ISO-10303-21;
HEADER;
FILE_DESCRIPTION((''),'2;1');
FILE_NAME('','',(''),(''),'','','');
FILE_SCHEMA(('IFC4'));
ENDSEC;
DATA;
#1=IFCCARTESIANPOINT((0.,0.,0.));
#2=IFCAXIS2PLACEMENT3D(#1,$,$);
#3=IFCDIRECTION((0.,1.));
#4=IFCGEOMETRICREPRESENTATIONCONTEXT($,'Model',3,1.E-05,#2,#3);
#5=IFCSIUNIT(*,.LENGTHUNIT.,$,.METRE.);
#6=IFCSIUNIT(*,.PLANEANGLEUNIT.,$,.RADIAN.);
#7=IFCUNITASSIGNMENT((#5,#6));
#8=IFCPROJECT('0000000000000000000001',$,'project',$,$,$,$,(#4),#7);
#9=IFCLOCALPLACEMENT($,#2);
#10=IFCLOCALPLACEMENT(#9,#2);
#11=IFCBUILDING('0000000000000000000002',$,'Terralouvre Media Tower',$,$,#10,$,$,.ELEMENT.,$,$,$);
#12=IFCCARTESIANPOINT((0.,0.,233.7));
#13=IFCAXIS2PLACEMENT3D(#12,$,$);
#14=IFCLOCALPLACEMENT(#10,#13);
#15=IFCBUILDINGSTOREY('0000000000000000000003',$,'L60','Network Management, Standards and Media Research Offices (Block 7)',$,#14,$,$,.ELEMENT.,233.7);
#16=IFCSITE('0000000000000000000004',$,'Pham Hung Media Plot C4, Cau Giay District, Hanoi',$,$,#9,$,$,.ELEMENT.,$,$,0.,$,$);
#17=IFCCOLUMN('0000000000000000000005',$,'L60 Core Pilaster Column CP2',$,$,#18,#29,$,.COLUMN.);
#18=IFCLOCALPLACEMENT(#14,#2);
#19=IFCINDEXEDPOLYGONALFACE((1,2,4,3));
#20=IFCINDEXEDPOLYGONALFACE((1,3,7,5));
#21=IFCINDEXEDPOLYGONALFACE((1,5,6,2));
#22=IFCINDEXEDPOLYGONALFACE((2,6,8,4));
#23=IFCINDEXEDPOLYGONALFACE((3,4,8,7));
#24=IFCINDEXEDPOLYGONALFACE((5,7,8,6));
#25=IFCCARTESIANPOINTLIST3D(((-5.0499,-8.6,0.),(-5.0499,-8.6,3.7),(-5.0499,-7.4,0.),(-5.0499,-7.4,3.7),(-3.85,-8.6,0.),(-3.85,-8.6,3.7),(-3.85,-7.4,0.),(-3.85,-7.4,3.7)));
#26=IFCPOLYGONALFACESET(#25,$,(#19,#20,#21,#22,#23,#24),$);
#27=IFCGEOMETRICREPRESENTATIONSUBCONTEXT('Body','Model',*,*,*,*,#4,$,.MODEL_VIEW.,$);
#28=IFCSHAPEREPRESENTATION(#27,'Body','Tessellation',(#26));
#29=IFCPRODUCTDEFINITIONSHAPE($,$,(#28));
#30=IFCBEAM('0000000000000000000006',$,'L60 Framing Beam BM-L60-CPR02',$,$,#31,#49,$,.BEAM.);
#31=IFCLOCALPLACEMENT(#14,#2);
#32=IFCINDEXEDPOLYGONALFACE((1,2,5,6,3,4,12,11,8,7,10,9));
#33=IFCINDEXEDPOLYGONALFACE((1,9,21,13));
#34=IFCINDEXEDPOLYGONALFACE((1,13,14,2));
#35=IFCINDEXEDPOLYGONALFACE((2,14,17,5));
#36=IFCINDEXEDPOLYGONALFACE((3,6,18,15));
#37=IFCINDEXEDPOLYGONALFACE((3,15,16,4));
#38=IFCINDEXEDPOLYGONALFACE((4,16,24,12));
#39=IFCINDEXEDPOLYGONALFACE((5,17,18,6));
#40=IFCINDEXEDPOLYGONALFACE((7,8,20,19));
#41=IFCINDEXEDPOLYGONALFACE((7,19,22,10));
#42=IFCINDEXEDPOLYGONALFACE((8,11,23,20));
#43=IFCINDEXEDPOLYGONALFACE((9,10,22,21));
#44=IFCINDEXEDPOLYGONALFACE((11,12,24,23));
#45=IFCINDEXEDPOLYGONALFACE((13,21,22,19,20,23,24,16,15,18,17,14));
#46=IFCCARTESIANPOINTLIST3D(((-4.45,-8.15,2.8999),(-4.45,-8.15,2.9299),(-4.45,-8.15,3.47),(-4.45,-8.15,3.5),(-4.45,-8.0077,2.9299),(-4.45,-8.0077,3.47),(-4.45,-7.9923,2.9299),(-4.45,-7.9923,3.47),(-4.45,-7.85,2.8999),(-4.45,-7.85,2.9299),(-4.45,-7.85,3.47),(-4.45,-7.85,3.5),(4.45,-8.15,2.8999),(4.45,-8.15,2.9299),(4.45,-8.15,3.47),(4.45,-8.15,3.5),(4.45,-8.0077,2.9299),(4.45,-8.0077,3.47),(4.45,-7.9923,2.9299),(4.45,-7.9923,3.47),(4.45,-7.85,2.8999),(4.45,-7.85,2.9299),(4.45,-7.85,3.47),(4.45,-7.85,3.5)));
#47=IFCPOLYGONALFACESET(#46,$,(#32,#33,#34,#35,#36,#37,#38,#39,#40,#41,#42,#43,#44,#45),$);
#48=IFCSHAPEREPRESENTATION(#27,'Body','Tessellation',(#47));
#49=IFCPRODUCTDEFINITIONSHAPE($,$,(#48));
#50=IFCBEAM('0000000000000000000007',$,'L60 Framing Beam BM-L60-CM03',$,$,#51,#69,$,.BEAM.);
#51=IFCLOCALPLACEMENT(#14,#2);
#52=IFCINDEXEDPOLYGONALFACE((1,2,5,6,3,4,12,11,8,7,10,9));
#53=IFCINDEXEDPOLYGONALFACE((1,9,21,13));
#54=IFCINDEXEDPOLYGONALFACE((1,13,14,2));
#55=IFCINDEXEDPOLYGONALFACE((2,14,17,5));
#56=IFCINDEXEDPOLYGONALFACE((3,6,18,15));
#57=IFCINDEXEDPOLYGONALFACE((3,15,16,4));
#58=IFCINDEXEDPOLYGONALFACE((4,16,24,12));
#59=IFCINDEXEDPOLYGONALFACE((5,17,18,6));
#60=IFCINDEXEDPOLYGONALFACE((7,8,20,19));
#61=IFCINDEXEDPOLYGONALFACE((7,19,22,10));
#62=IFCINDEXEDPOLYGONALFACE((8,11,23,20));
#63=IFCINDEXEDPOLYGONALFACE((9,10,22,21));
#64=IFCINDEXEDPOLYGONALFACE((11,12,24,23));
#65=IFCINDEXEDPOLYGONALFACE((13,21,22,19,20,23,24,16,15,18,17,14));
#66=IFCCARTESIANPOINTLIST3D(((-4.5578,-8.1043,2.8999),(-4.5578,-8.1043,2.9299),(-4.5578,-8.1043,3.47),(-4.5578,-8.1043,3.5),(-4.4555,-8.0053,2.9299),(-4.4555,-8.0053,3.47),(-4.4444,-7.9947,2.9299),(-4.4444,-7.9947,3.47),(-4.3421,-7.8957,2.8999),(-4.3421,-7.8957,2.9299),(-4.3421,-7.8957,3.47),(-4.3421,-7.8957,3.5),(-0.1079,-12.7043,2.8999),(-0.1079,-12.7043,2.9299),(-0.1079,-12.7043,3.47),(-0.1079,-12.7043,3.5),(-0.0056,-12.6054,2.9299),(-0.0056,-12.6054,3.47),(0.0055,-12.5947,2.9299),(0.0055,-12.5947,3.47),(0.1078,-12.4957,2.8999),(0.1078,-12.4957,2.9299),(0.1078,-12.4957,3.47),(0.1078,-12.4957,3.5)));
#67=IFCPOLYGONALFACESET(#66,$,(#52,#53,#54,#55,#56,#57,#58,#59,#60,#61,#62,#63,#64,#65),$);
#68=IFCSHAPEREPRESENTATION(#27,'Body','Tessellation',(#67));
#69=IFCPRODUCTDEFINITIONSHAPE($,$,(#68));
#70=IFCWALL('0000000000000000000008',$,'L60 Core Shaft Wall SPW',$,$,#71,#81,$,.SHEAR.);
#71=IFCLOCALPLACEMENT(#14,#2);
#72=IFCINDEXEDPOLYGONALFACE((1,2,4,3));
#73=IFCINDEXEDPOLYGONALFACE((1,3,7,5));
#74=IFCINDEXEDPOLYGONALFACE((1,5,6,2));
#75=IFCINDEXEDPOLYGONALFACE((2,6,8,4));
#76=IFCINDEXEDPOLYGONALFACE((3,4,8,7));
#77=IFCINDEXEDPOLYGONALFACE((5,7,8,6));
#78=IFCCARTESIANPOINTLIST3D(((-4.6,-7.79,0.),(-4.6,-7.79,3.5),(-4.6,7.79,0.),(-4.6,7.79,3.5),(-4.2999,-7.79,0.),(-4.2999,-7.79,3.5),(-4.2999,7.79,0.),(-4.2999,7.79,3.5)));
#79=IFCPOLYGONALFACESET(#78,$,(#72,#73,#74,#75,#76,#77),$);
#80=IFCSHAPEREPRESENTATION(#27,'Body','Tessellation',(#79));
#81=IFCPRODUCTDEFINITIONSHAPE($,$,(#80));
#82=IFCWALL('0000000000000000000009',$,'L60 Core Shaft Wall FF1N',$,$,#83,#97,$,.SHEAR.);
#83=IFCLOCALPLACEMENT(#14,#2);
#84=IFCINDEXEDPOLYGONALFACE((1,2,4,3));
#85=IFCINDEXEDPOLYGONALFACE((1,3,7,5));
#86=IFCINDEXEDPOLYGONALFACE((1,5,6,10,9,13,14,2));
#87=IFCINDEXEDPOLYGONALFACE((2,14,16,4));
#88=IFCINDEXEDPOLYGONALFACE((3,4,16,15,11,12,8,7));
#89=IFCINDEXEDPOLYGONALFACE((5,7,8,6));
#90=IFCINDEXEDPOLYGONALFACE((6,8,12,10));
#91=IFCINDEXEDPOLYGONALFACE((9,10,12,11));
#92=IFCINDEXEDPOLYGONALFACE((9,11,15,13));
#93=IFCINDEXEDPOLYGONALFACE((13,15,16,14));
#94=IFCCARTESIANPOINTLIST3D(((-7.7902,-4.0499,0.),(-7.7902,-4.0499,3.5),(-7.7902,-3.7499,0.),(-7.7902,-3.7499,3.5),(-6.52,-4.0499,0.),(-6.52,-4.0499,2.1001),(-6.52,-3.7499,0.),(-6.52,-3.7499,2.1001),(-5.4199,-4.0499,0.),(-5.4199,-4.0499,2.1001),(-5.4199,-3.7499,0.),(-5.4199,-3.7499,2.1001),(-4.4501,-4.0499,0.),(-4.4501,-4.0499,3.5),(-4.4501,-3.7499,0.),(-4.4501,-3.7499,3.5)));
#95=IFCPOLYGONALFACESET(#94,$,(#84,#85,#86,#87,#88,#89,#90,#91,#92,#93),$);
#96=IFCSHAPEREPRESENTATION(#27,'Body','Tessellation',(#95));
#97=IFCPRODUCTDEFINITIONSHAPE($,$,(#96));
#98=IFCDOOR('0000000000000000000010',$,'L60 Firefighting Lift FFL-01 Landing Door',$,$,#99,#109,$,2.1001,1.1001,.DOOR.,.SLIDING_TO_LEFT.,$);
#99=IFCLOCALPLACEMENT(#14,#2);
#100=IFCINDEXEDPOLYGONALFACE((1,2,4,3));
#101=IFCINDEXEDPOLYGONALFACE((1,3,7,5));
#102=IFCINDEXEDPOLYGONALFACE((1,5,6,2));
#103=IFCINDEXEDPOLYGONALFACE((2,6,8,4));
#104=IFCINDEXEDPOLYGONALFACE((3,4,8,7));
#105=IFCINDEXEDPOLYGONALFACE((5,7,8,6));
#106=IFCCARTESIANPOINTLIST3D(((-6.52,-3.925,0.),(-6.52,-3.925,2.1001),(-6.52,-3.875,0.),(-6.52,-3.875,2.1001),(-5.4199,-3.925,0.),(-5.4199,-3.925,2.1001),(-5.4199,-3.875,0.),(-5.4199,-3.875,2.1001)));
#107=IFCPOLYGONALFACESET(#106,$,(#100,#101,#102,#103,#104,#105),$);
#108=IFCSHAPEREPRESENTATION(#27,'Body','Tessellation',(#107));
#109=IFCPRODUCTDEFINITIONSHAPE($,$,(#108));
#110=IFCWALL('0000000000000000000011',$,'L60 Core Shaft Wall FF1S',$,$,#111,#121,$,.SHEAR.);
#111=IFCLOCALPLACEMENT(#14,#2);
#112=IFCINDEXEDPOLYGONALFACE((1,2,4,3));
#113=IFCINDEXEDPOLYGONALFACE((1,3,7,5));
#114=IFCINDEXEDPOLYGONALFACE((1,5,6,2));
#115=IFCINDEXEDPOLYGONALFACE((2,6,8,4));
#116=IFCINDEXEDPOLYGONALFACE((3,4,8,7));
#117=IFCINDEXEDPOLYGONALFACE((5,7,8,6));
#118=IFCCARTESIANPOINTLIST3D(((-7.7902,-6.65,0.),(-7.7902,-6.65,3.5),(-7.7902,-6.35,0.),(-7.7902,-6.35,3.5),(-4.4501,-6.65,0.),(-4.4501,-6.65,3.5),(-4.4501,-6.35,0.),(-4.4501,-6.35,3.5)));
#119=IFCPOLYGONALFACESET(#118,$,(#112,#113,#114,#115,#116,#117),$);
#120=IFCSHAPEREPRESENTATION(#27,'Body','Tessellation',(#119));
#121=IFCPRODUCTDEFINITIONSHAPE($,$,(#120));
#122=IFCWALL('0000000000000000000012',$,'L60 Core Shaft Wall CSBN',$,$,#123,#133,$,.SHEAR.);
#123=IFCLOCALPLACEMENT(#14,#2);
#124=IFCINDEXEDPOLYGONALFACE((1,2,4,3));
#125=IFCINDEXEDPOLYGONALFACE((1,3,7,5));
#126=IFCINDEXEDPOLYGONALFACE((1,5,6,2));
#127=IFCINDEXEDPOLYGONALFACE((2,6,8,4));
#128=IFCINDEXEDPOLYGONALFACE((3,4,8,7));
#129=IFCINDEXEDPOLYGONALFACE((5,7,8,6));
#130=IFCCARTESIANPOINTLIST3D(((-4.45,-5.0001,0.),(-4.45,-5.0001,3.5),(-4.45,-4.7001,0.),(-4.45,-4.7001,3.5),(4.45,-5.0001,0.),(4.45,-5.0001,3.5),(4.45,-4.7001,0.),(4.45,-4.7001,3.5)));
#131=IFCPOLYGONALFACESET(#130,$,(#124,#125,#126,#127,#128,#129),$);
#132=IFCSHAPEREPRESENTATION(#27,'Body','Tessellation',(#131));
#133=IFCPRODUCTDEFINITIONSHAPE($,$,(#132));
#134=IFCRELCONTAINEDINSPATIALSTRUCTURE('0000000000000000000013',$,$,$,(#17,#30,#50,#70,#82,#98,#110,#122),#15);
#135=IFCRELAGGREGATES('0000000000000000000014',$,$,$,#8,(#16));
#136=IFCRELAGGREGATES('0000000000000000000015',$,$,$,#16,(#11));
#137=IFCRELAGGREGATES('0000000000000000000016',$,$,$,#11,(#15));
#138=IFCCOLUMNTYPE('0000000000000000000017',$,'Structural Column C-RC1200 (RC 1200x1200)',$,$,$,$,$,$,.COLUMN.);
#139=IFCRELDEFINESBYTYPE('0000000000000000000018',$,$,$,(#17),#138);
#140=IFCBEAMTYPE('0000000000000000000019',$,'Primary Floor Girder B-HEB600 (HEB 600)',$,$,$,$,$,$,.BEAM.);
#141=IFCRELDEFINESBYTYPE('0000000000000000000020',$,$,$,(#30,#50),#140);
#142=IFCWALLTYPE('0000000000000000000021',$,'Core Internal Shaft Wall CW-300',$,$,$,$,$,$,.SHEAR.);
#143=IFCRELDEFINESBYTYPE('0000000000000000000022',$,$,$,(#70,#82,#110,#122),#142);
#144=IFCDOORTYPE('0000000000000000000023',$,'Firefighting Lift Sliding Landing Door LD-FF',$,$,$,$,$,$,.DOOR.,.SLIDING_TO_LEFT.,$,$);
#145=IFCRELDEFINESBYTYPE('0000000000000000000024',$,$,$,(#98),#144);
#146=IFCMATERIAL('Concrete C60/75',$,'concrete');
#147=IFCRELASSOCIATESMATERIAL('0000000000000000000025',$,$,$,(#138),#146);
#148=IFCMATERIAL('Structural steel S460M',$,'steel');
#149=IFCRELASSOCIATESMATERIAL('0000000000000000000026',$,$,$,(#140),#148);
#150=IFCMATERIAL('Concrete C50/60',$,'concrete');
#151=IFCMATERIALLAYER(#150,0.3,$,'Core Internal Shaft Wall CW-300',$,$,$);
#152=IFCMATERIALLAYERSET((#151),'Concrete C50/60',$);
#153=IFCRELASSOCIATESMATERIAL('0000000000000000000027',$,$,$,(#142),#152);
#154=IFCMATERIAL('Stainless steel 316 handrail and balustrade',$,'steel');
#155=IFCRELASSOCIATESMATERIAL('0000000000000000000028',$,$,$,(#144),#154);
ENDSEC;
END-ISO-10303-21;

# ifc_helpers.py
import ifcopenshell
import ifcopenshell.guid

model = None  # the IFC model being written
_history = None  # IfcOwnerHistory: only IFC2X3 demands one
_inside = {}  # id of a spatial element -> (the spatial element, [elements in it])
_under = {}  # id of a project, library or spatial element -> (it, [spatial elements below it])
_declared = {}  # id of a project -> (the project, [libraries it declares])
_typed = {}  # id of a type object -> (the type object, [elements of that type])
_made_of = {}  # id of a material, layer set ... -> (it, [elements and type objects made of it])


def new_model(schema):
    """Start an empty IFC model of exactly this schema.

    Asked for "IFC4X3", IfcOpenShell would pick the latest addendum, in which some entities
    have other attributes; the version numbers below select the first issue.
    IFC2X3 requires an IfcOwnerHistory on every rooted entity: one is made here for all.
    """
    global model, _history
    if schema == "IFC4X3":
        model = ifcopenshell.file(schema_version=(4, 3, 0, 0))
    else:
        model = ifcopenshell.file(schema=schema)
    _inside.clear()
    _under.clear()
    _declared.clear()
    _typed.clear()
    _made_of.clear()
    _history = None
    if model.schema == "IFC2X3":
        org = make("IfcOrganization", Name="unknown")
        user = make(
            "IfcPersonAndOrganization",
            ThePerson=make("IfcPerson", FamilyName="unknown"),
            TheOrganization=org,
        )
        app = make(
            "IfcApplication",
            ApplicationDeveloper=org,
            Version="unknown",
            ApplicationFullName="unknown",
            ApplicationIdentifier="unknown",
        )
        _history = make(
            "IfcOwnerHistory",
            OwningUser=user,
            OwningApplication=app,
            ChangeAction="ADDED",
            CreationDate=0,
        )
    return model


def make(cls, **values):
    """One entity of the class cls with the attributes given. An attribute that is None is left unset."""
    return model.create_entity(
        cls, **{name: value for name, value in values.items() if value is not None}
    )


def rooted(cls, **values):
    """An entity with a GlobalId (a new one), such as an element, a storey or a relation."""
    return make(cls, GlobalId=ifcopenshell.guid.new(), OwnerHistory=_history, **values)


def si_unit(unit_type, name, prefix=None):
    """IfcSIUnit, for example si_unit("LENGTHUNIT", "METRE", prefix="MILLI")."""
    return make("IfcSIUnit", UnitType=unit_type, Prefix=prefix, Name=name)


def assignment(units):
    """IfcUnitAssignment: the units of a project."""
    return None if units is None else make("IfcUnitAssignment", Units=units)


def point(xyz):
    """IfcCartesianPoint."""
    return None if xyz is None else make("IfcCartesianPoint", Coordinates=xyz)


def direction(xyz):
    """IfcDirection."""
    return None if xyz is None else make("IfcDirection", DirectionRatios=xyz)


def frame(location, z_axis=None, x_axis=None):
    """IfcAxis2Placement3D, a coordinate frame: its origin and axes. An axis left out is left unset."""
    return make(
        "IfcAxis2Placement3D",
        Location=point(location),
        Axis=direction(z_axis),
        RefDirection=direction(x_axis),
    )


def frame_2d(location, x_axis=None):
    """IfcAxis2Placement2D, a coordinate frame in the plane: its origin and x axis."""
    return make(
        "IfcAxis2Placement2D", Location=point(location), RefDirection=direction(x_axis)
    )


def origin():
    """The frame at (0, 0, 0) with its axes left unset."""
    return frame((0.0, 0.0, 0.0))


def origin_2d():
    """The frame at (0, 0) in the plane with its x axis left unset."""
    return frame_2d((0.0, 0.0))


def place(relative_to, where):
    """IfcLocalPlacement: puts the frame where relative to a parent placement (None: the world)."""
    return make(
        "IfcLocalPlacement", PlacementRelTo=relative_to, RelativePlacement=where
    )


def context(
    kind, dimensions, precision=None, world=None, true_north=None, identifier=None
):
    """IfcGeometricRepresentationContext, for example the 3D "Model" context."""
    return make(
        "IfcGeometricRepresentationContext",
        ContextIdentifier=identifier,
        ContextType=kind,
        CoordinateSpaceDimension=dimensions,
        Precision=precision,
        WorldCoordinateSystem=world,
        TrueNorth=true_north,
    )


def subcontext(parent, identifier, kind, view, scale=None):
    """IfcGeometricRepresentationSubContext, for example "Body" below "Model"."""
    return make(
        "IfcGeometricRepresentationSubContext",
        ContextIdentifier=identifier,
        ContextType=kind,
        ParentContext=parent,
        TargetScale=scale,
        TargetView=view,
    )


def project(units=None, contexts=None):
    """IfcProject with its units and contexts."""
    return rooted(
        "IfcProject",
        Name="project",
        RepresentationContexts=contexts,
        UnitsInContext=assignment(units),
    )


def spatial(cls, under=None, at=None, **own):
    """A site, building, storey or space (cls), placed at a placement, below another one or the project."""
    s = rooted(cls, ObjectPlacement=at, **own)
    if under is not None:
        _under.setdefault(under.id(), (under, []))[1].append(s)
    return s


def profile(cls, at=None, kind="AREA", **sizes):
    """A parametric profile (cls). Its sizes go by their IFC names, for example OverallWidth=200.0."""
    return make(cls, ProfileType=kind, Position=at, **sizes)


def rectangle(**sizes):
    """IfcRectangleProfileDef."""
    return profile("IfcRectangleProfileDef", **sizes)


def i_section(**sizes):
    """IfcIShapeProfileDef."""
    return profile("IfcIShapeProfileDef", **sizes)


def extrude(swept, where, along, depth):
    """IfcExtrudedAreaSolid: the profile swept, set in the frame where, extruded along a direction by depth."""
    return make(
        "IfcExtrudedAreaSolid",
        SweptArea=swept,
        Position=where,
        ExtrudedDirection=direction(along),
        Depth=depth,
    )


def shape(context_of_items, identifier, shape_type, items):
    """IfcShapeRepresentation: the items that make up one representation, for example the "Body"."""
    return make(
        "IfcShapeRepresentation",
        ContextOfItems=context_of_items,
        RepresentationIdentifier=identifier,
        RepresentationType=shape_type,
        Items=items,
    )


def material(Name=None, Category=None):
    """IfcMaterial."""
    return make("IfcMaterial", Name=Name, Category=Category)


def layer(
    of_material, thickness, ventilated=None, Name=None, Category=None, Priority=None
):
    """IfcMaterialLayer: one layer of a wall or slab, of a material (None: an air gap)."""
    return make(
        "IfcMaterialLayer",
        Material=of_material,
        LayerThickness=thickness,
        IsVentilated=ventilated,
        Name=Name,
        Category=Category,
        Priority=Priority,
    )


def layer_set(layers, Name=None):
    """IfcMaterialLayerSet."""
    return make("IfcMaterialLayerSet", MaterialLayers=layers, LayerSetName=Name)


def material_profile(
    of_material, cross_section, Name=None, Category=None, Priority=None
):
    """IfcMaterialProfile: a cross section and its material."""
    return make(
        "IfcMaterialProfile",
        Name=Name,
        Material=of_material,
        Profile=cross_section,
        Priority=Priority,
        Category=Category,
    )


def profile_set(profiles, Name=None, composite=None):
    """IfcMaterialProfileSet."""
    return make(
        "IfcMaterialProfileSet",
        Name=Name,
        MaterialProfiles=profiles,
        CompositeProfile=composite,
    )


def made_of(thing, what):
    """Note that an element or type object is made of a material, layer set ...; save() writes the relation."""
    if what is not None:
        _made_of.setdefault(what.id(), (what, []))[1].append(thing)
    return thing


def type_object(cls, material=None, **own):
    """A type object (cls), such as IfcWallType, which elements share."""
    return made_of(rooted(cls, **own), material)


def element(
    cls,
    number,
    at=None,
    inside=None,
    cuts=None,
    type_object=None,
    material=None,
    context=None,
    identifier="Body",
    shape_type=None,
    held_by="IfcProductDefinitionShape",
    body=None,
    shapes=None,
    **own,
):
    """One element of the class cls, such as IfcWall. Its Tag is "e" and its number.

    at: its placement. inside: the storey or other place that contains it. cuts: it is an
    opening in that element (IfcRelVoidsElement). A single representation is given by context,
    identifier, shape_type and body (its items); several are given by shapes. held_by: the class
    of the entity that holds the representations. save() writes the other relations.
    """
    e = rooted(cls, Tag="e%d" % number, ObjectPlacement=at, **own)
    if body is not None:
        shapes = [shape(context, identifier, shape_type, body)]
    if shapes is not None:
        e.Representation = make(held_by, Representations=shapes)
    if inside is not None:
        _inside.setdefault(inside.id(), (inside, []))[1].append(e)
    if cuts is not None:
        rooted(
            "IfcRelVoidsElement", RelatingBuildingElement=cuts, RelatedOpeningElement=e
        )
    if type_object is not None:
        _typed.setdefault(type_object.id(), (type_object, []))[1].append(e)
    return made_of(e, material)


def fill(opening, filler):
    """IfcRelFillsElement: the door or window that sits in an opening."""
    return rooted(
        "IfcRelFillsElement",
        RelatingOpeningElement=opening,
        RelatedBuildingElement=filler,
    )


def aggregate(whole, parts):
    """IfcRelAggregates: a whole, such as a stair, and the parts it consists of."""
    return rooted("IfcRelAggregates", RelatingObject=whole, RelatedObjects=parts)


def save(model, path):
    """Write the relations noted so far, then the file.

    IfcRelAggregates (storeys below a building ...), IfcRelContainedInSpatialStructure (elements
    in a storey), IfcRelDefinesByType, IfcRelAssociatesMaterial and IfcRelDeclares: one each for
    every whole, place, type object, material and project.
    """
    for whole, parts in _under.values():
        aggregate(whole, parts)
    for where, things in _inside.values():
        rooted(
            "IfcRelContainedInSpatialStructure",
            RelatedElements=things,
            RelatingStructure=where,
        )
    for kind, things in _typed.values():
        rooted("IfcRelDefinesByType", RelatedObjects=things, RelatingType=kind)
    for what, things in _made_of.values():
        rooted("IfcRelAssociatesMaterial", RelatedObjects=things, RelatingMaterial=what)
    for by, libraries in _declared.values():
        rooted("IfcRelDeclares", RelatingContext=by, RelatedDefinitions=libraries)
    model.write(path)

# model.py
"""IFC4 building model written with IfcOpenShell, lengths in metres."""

from ifc_helpers import new_model, si_unit, direction, frame, frame_2d, origin, origin_2d, place, context, subcontext, project, spatial, rectangle, i_section, extrude, material, layer, layer_set, material_profile, profile_set, type_object, element, fill, save


model = new_model("IFC4")

# Units and contexts
model_context = context("Model", 3, precision=1e-05, world=origin(), true_north=direction((0.0, 1.0)))
body_context = subcontext(model_context, "Body", "Model", "MODEL_VIEW")
ifc_project = project(units=[si_unit("LENGTHUNIT", "METRE"), si_unit("PLANEANGLEUNIT", "RADIAN")], contexts=[model_context])

# Site, building, storey
site_placement = place(None, origin())
site = spatial("IfcSite", under=ifc_project, at=site_placement, Name="Pham Hung Media Plot C4, Cau Giay District, Hanoi", CompositionType="ELEMENT", RefElevation=0.0)
building_placement = place(site_placement, origin())
building = spatial("IfcBuilding", under=site, at=building_placement, Name="Terralouvre Media Tower", CompositionType="ELEMENT")
storey_placement = place(building_placement, frame((0.0, 0.0, 233.7)))
storey = spatial("IfcBuildingStorey", under=building, at=storey_placement, Name="L60", Description="Network Management, Standards and Media Research Offices (Block 7)", CompositionType="ELEMENT", Elevation=233.7)

# Column
ifc_material_1 = material(Name="Concrete C60/75", Category="concrete")
ifc_material_profile_1 = material_profile(ifc_material_1, rectangle(XDim=1.2, YDim=1.2, at=origin_2d()), Name="RC 1200x1200")
ifc_profile_set_1 = profile_set([ifc_material_profile_1], Name="Concrete C60/75")
column_type = type_object("IfcColumnType", Name="Structural Column C-RC1200 (RC 1200x1200)", PredefinedType="COLUMN", material=ifc_profile_set_1)
column_placement = place(storey_placement, frame((-4.45, -8.0, 0.0), z_axis=(0.0, 0.0, 1.0), x_axis=(1.0, 0.0, 0.0)))
element("IfcColumn", 1, at=column_placement, inside=storey, type_object=column_type, Name="L60 Core Pilaster Column CP2", PredefinedType="COLUMN", context=body_context, shape_type="SweptSolid", body=[
    extrude(rectangle(XDim=1.2, YDim=1.2, at=origin_2d()), origin(), (0.0, 0.0, 1.0), 3.7),
])

# Beams
ifc_material_2 = material(Name="Structural steel S460M", Category="steel")
ifc_material_profile_2 = material_profile(ifc_material_2, i_section(OverallWidth=0.3, OverallDepth=0.6001, WebThickness=0.0154, FlangeThickness=0.03, at=origin_2d()), Name="HEB 600")
ifc_profile_set_2 = profile_set([ifc_material_profile_2], Name="Structural steel S460M")
beam_type = type_object("IfcBeamType", Name="Primary Floor Girder B-HEB600 (HEB 600)", PredefinedType="BEAM", material=ifc_profile_set_2)
beam_1_placement = place(storey_placement, frame((-4.45, -8.0, 3.2), z_axis=(1.0, 0.0, 0.0), x_axis=(0.0, 1.0, 0.0)))
element("IfcBeam", 2, at=beam_1_placement, inside=storey, type_object=beam_type, Name="L60 Framing Beam BM-L60-CPR02", PredefinedType="BEAM", context=body_context, shape_type="SweptSolid", body=[
    extrude(i_section(OverallWidth=0.3, OverallDepth=0.6001, WebThickness=0.0154, FlangeThickness=0.03, at=origin_2d()), origin(), (0.0, 0.0, 1.0), 8.8999),
])
beam_2_placement = place(storey_placement, frame((-4.45, -8.0, 3.2), z_axis=(0.69528, -0.718739, 0.0), x_axis=(0.718739, 0.69528, 0.0)))
element("IfcBeam", 3, at=beam_2_placement, inside=storey, type_object=beam_type, Name="L60 Framing Beam BM-L60-CM03", PredefinedType="BEAM", context=body_context, shape_type="SweptSolid", body=[
    extrude(i_section(OverallWidth=0.3, OverallDepth=0.6001, WebThickness=0.0154, FlangeThickness=0.03, at=origin_2d()), origin(), (0.0, 0.0, 1.0), 6.4001),
])

# Wall
ifc_material_3 = material(Name="Concrete C50/60", Category="concrete")
ifc_layer_1 = layer(ifc_material_3, 0.3, Name="Core Internal Shaft Wall CW-300")
ifc_layer_set_1 = layer_set([ifc_layer_1], Name="Concrete C50/60")
wall_type_1 = type_object("IfcWallType", Name="Core Internal Shaft Wall CW-300", PredefinedType="SHEAR", material=ifc_layer_set_1)
wall_1_placement = place(storey_placement, frame((-4.45, -7.79, 0.0), z_axis=(0.0, 0.0, 1.0), x_axis=(0.0, 1.0, 0.0)))
element("IfcWall", 4, at=wall_1_placement, inside=storey, type_object=wall_type_1, Name="L60 Core Shaft Wall SPW", PredefinedType="SHEAR", context=body_context, shape_type="SweptSolid", body=[
    extrude(rectangle(XDim=15.5801, YDim=0.3, at=frame_2d((7.79, 0.0))), origin(), (0.0, 0.0, 1.0), 3.5),
])

# Wall, opening, door
wall_2_placement = place(storey_placement, frame((-7.79, -3.8999, 0.0), z_axis=(0.0, 0.0, 1.0), x_axis=(1.0, 0.0, 0.0)))
wall_2 = element("IfcWall", 5, at=wall_2_placement, inside=storey, type_object=wall_type_1, Name="L60 Core Shaft Wall FF1N", PredefinedType="SHEAR", context=body_context, shape_type="SweptSolid", body=[
    extrude(rectangle(XDim=3.3401, YDim=0.3, at=frame_2d((1.6699, 0.0))), origin(), (0.0, 0.0, 1.0), 3.5),
])
opening_1_placement = place(wall_2_placement, frame((1.27, 0.0, 0.0)))
opening_1 = element("IfcOpeningElement", 6, at=opening_1_placement, cuts=wall_2, PredefinedType="OPENING", context=body_context, shape_type="SweptSolid", body=[
    extrude(rectangle(XDim=1.1001, YDim=2.1001, at=frame_2d((0.55, 1.05))), frame((0.0, 0.1599, 0.0), z_axis=(0.0, -1.0, 0.0), x_axis=(1.0, 0.0, 0.0)), (0.0, 0.0, 1.0), 0.3201),
])
ifc_material_4 = material(Name="Stainless steel 316 handrail and balustrade", Category="steel")
door_type_1 = type_object("IfcDoorType", Name="Firefighting Lift Sliding Landing Door LD-FF", OperationType="SLIDING_TO_LEFT", PredefinedType="DOOR", material=ifc_material_4)
door_1_placement = place(opening_1_placement, origin())
door_1 = element("IfcDoor", 7, at=door_1_placement, inside=storey, type_object=door_type_1, Name="L60 Firefighting Lift FFL-01 Landing Door", OperationType="SLIDING_TO_LEFT", OverallHeight=2.1001, OverallWidth=1.1001, PredefinedType="DOOR", context=body_context, shape_type="SweptSolid", body=[
    extrude(rectangle(XDim=1.1001, YDim=2.1001, at=frame_2d((0.55, 1.05))), frame((0.0, 0.0249, 0.0), z_axis=(0.0, -1.0, 0.0), x_axis=(1.0, 0.0, 0.0)), (0.0, 0.0, 1.0), 0.05),
])
fill(opening_1, door_1)

# Walls
wall_3_placement = place(storey_placement, frame((-7.79, -6.5, 0.0), z_axis=(0.0, 0.0, 1.0), x_axis=(1.0, 0.0, 0.0)))
element("IfcWall", 8, at=wall_3_placement, inside=storey, type_object=wall_type_1, Name="L60 Core Shaft Wall FF1S", PredefinedType="SHEAR", context=body_context, shape_type="SweptSolid", body=[
    extrude(rectangle(XDim=3.3401, YDim=0.3, at=frame_2d((1.6699, 0.0))), origin(), (0.0, 0.0, 1.0), 3.5),
])
wall_4_placement = place(storey_placement, frame((-4.45, -4.8501, 0.0), z_axis=(0.0, 0.0, 1.0), x_axis=(1.0, 0.0, 0.0)))
element("IfcWall", 9, at=wall_4_placement, inside=storey, type_object=wall_type_1, Name="L60 Core Shaft Wall CSBN", PredefinedType="SHEAR", context=body_context, shape_type="SweptSolid", body=[
    extrude(rectangle(XDim=8.8999, YDim=0.3, at=frame_2d((4.45, 0.0))), origin(), (0.0, 0.0, 1.0), 3.5),
])

save(model, "model.ifc")
